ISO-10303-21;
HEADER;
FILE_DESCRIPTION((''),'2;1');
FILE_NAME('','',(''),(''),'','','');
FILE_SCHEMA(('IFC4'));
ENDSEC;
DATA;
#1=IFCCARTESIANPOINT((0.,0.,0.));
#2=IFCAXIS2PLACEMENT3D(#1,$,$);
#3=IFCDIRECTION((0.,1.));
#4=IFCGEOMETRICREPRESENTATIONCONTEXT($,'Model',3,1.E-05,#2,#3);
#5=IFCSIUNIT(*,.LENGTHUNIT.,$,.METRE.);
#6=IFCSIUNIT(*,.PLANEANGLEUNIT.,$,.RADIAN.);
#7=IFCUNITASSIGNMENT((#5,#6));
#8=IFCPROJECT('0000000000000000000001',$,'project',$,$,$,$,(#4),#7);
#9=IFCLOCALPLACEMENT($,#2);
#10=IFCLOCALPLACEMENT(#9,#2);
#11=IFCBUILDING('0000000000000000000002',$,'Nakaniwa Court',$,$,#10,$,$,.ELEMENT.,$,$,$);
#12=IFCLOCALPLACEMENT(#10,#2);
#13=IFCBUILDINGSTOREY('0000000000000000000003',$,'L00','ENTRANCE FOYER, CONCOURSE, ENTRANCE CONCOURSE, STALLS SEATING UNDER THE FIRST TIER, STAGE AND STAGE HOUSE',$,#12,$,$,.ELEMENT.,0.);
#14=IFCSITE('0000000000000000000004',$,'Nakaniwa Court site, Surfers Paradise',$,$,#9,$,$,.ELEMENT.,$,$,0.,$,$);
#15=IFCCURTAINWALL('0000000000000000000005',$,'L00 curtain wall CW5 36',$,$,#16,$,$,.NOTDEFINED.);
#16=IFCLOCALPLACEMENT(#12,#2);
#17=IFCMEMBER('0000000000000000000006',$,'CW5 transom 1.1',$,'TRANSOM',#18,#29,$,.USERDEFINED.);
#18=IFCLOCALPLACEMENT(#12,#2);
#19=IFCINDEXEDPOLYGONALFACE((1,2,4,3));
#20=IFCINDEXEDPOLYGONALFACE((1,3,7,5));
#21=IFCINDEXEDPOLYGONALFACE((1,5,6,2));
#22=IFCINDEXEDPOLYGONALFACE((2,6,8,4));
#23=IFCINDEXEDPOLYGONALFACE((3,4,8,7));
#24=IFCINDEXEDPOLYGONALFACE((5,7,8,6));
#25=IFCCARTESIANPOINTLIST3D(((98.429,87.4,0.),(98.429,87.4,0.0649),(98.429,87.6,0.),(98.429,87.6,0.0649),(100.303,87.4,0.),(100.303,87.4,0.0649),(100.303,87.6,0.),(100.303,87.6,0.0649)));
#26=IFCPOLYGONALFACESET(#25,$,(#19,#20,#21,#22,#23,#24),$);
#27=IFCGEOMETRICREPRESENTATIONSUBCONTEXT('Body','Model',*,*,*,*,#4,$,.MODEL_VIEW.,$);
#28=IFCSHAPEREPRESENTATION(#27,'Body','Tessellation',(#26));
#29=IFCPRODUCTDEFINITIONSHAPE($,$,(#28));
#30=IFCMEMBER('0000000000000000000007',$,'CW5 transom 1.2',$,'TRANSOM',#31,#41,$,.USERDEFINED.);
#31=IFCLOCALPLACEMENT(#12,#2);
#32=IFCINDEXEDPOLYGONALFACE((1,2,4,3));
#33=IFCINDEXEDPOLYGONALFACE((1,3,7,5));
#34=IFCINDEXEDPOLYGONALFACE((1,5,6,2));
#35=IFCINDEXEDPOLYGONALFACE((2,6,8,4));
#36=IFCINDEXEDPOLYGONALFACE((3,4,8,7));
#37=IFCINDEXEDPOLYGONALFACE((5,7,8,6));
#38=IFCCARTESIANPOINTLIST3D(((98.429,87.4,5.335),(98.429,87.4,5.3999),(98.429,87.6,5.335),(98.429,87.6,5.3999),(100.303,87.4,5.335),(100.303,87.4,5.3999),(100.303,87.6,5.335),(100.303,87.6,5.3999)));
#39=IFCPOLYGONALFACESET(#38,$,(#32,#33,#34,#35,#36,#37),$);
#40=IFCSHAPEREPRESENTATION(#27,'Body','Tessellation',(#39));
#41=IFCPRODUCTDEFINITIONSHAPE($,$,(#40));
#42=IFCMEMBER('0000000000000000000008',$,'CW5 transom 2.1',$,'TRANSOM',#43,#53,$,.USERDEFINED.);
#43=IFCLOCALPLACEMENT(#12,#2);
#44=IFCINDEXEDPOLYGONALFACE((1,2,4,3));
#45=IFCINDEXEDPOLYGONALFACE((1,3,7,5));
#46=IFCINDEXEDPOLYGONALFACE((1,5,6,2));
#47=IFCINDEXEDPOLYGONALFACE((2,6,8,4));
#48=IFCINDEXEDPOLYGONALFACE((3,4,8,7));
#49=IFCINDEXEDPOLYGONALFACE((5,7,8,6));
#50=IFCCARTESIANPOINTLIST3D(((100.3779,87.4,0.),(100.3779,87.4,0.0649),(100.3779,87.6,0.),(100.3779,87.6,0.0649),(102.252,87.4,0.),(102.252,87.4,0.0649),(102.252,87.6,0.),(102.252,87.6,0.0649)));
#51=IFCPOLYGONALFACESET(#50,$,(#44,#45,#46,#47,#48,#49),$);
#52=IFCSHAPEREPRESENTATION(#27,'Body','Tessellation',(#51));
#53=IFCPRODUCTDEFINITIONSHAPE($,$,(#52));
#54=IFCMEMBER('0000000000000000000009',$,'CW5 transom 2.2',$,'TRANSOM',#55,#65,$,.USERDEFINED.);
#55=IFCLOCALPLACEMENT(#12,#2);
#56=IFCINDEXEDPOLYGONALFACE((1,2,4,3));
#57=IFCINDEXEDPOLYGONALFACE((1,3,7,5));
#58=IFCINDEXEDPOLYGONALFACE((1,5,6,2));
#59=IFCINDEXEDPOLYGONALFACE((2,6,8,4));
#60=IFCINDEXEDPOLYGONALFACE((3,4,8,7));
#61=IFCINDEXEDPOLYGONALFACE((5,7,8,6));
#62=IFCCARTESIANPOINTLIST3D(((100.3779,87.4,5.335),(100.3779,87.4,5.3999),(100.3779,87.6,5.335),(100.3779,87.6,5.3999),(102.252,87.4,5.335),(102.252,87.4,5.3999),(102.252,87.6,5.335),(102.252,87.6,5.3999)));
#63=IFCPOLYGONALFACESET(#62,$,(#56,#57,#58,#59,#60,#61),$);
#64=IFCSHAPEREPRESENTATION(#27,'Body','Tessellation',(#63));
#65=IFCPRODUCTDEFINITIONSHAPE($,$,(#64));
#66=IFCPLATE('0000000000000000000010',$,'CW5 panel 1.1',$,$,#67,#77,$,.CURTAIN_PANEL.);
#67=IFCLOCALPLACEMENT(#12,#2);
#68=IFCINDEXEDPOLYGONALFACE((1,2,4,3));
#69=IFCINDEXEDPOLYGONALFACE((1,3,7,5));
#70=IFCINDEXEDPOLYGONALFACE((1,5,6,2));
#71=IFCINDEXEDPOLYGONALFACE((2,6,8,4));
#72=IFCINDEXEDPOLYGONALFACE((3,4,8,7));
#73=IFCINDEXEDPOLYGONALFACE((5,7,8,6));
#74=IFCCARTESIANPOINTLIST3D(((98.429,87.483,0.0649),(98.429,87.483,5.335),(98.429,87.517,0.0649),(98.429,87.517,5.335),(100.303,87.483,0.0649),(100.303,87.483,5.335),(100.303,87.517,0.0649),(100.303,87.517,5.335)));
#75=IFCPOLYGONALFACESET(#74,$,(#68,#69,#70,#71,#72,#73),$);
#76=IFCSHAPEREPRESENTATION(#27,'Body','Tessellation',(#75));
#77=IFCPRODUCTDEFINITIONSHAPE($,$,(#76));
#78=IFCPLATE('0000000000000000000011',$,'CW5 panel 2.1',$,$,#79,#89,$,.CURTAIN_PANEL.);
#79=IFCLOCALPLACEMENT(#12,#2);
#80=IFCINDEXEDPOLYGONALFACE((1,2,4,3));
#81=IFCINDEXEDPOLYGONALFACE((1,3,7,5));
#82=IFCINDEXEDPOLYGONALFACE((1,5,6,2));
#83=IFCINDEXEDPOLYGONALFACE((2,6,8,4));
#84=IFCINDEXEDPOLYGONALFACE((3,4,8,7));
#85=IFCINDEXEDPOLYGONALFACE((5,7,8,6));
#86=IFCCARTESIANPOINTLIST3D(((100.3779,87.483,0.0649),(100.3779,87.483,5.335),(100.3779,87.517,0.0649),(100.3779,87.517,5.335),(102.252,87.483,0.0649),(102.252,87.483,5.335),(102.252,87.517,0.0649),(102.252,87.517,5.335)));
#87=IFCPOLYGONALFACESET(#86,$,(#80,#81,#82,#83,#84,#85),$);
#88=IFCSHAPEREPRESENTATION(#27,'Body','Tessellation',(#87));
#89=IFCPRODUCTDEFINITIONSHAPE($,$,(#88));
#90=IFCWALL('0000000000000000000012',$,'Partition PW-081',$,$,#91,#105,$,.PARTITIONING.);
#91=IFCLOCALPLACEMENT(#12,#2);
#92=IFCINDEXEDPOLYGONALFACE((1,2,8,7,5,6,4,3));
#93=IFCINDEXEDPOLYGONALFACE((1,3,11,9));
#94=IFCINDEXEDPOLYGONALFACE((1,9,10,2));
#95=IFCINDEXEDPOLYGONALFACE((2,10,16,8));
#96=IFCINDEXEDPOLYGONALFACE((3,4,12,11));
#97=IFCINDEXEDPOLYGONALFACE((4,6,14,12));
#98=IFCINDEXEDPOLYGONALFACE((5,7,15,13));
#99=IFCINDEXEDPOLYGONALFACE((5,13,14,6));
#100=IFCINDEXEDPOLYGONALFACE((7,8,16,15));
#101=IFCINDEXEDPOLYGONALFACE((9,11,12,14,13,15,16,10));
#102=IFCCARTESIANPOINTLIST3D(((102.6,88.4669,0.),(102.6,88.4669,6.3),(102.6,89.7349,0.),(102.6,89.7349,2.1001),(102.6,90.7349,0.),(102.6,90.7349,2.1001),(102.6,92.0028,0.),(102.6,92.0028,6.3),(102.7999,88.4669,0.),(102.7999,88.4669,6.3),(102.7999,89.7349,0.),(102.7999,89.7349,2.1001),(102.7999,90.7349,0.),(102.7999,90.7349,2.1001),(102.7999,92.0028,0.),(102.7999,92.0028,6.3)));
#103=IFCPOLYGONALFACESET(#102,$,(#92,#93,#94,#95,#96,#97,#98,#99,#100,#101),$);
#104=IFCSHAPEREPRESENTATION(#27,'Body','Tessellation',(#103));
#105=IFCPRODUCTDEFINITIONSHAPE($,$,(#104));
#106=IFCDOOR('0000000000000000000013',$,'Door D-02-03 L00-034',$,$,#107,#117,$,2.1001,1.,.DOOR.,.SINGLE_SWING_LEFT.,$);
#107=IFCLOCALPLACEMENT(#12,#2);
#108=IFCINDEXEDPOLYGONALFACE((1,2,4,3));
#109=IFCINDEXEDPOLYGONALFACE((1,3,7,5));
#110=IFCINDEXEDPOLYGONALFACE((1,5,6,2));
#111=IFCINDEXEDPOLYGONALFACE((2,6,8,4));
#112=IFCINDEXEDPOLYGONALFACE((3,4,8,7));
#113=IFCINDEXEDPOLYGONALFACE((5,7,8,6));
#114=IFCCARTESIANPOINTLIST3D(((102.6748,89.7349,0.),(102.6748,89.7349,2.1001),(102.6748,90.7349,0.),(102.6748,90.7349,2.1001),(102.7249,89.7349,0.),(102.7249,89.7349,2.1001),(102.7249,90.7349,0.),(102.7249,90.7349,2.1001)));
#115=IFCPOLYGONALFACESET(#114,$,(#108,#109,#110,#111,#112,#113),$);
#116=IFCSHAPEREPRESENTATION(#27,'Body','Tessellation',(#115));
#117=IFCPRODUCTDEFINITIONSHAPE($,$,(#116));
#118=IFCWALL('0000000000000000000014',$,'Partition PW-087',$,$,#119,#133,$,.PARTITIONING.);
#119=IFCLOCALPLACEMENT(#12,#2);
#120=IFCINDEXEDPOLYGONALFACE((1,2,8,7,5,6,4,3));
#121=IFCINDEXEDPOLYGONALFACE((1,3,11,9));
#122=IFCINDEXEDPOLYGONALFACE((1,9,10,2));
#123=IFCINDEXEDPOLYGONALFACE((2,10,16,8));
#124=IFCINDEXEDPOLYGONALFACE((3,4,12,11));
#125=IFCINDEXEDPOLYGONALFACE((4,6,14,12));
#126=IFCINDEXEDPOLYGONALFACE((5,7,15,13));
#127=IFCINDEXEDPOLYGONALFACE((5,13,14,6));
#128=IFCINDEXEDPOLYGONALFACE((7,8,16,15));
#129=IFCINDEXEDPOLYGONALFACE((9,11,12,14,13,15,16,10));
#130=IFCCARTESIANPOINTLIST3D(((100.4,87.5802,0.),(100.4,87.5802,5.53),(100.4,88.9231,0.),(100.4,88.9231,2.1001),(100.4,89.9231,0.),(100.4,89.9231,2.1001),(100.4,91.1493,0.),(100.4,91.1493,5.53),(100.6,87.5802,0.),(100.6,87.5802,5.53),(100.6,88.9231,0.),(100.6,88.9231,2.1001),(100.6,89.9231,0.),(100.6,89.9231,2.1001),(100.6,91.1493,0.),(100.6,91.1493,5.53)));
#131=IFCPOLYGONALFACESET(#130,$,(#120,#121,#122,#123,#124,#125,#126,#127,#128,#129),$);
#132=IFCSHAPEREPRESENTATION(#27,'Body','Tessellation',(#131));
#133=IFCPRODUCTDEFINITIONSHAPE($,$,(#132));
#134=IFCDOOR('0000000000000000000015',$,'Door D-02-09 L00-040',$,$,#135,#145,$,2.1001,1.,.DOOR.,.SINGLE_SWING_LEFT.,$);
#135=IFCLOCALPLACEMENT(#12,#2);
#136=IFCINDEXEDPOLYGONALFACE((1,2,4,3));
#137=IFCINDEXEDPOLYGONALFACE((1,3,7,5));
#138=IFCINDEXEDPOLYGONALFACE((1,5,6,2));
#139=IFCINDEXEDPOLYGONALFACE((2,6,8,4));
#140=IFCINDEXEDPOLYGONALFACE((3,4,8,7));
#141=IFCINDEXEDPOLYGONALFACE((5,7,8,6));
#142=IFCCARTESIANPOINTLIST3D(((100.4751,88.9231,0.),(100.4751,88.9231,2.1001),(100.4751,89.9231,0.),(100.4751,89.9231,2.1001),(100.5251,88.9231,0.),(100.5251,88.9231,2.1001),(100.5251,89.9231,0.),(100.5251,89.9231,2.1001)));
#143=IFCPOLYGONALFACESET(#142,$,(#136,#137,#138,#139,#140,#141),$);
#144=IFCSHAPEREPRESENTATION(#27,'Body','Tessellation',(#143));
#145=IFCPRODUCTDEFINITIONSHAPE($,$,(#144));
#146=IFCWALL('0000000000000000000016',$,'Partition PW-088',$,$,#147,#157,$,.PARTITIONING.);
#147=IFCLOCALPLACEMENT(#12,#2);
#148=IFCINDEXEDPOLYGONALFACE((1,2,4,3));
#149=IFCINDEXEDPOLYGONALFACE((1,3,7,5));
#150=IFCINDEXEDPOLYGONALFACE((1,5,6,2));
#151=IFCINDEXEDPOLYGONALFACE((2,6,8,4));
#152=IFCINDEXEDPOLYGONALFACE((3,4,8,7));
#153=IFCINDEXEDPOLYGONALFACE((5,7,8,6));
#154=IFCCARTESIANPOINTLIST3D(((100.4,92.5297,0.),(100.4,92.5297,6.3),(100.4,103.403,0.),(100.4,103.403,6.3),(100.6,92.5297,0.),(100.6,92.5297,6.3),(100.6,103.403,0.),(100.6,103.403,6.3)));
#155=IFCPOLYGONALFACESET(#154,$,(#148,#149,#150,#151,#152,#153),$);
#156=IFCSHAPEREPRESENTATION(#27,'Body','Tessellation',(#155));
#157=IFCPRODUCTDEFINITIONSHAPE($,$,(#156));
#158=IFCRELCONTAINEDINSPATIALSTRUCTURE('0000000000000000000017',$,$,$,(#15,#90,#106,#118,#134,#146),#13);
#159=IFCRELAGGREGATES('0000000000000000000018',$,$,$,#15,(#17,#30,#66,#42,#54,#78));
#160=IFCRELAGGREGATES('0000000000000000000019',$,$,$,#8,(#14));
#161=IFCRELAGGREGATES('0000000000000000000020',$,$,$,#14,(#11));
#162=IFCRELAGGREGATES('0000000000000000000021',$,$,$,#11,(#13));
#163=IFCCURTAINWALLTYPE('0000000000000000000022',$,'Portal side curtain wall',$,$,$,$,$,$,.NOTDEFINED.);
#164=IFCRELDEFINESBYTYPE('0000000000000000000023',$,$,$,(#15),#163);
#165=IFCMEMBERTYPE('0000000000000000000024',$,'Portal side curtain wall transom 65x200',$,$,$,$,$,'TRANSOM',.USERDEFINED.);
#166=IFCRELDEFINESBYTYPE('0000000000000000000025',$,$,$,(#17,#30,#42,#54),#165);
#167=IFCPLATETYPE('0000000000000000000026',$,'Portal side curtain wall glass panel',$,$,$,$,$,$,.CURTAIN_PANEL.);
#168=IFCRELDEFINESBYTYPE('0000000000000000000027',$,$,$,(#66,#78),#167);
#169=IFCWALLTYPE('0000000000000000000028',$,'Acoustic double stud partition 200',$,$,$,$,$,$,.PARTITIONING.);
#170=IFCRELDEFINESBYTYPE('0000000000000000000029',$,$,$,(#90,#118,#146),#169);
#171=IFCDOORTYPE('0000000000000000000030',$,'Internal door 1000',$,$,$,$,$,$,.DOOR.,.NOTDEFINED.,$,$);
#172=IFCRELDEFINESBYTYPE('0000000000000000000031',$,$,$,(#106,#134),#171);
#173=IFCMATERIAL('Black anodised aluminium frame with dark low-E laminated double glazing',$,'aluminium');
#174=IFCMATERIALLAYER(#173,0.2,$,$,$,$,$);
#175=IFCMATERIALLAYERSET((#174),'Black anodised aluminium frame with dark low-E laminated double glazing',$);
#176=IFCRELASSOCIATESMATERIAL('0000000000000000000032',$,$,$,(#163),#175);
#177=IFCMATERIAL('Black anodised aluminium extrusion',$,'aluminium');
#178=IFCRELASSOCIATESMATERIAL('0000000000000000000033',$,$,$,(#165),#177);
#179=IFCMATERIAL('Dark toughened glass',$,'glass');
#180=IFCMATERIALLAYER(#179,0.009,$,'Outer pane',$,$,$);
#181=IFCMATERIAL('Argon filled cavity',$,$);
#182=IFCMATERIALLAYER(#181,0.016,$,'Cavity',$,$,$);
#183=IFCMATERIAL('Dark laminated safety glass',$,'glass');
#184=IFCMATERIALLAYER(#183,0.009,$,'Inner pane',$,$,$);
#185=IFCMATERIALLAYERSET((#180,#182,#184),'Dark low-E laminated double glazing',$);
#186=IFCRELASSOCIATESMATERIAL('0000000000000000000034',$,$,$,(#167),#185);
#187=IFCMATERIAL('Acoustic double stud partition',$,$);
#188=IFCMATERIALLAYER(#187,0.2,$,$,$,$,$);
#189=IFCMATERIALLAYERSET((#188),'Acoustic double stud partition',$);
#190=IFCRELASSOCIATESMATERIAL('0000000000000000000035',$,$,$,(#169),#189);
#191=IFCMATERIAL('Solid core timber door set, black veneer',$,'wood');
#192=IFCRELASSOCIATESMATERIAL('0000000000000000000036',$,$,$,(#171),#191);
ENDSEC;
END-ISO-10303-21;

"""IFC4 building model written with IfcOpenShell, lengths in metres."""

from ifc_helpers import new_model, si_unit, direction, frame, frame_2d, origin, origin_2d, place, context, subcontext, project, spatial, rectangle, extrude, material, layer, layer_set, material_profile, profile_set, type_object, element, fill, aggregate, save


model = new_model("IFC4")

# Units and contexts
model_context = context("Model", 3, precision=1e-05, world=origin(), true_north=direction((0.0, 1.0)))
body_context = subcontext(model_context, "Body", "Model", "MODEL_VIEW")
ifc_project = project(units=[si_unit("LENGTHUNIT", "METRE"), si_unit("PLANEANGLEUNIT", "RADIAN")], contexts=[model_context])

# Site, building, storey
site_placement = place(None, origin())
site = spatial("IfcSite", under=ifc_project, at=site_placement, Name="Nakaniwa Court site, Surfers Paradise", CompositionType="ELEMENT", RefElevation=0.0)
building_placement = place(site_placement, origin())
building = spatial("IfcBuilding", under=site, at=building_placement, Name="Nakaniwa Court", CompositionType="ELEMENT")
storey_placement = place(building_placement, origin())
storey = spatial("IfcBuildingStorey", under=building, at=storey_placement, Name="L00", Description="ENTRANCE FOYER, CONCOURSE, ENTRANCE CONCOURSE, STALLS SEATING UNDER THE FIRST TIER, STAGE AND STAGE HOUSE", CompositionType="ELEMENT", Elevation=0.0)

# Curtain wall, members, plates
ifc_material_1 = material(Name="Black anodised aluminium frame with dark low-E laminated double glazing", Category="aluminium")
ifc_layer_1 = layer(ifc_material_1, 0.2)
ifc_layer_set_1 = layer_set([ifc_layer_1], Name="Black anodised aluminium frame with dark low-E laminated double glazing")
curtain_wall_type = type_object("IfcCurtainWallType", Name="Portal side curtain wall", PredefinedType="NOTDEFINED", material=ifc_layer_set_1)
curtain_wall_placement = place(storey_placement, origin())
curtain_wall = element("IfcCurtainWall", 1, at=curtain_wall_placement, inside=storey, type_object=curtain_wall_type, Name="L00 curtain wall CW5 36", PredefinedType="NOTDEFINED")
ifc_material_2 = material(Name="Black anodised aluminium extrusion", Category="aluminium")
ifc_material_profile_1 = material_profile(ifc_material_2, rectangle(XDim=0.2, YDim=0.0649, at=origin_2d()), Name="Portal side curtain wall transom 65x200")
ifc_profile_set_1 = profile_set([ifc_material_profile_1], Name="Black anodised aluminium extrusion")
member_type_1 = type_object("IfcMemberType", Name="Portal side curtain wall transom 65x200", ElementType="TRANSOM", PredefinedType="USERDEFINED", material=ifc_profile_set_1)
member_1_placement = place(storey_placement, frame((98.429, 87.5, 0.0325), z_axis=(1.0, 0.0, 0.0), x_axis=(0.0, 1.0, 0.0)))
member_1 = element("IfcMember", 2, at=member_1_placement, type_object=member_type_1, Name="CW5 transom 1.1", ObjectType="TRANSOM", PredefinedType="USERDEFINED", context=body_context, shape_type="SweptSolid", body=[
    extrude(rectangle(XDim=0.2, YDim=0.0649, at=origin_2d()), origin(), (0.0, 0.0, 1.0), 1.874),
])
member_2_placement = place(storey_placement, frame((98.429, 87.5, 5.3674), z_axis=(1.0, 0.0, 0.0), x_axis=(0.0, 1.0, 0.0)))
member_2 = element("IfcMember", 3, at=member_2_placement, type_object=member_type_1, Name="CW5 transom 1.2", ObjectType="TRANSOM", PredefinedType="USERDEFINED", context=body_context, shape_type="SweptSolid", body=[
    extrude(rectangle(XDim=0.2, YDim=0.0649, at=origin_2d()), origin(), (0.0, 0.0, 1.0), 1.874),
])
member_3_placement = place(storey_placement, frame((100.3779, 87.5, 0.0325), z_axis=(1.0, 0.0, 0.0), x_axis=(0.0, 1.0, 0.0)))
member_3 = element("IfcMember", 4, at=member_3_placement, type_object=member_type_1, Name="CW5 transom 2.1", ObjectType="TRANSOM", PredefinedType="USERDEFINED", context=body_context, shape_type="SweptSolid", body=[
    extrude(rectangle(XDim=0.2, YDim=0.0649, at=origin_2d()), origin(), (0.0, 0.0, 1.0), 1.874),
])
member_4_placement = place(storey_placement, frame((100.3779, 87.5, 5.3674), z_axis=(1.0, 0.0, 0.0), x_axis=(0.0, 1.0, 0.0)))
member_4 = element("IfcMember", 5, at=member_4_placement, type_object=member_type_1, Name="CW5 transom 2.2", ObjectType="TRANSOM", PredefinedType="USERDEFINED", context=body_context, shape_type="SweptSolid", body=[
    extrude(rectangle(XDim=0.2, YDim=0.0649, at=origin_2d()), origin(), (0.0, 0.0, 1.0), 1.874),
])
ifc_material_3 = material(Name="Dark toughened glass", Category="glass")
ifc_layer_2 = layer(ifc_material_3, 0.009, Name="Outer pane")
ifc_material_4 = material(Name="Argon filled cavity")
ifc_layer_3 = layer(ifc_material_4, 0.016, Name="Cavity")
ifc_material_5 = material(Name="Dark laminated safety glass", Category="glass")
ifc_layer_4 = layer(ifc_material_5, 0.009, Name="Inner pane")
ifc_layer_set_2 = layer_set([ifc_layer_2, ifc_layer_3, ifc_layer_4], Name="Dark low-E laminated double glazing")
plate_type = type_object("IfcPlateType", Name="Portal side curtain wall glass panel", PredefinedType="CURTAIN_PANEL", material=ifc_layer_set_2)
plate_1_placement = place(storey_placement, frame((99.366, 87.5, 0.0649), z_axis=(0.0, 0.0, 1.0), x_axis=(1.0, 0.0, 0.0)))
plate_1 = element("IfcPlate", 6, at=plate_1_placement, type_object=plate_type, Name="CW5 panel 1.1", PredefinedType="CURTAIN_PANEL", context=body_context, shape_type="SweptSolid", body=[
    extrude(rectangle(XDim=1.874, YDim=0.0339, at=origin_2d()), origin(), (0.0, 0.0, 1.0), 5.27),
])
plate_2_placement = place(storey_placement, frame((101.3149, 87.5, 0.0649), z_axis=(0.0, 0.0, 1.0), x_axis=(1.0, 0.0, 0.0)))
plate_2 = element("IfcPlate", 7, at=plate_2_placement, type_object=plate_type, Name="CW5 panel 2.1", PredefinedType="CURTAIN_PANEL", context=body_context, shape_type="SweptSolid", body=[
    extrude(rectangle(XDim=1.874, YDim=0.0339, at=origin_2d()), origin(), (0.0, 0.0, 1.0), 5.27),
])
aggregate(curtain_wall, [member_1, member_2, plate_1, member_3, member_4, plate_2])

# Walls, openings, doors
ifc_material_6 = material(Name="Acoustic double stud partition")
ifc_layer_5 = layer(ifc_material_6, 0.2)
ifc_layer_set_3 = layer_set([ifc_layer_5], Name="Acoustic double stud partition")
wall_type_1 = type_object("IfcWallType", Name="Acoustic double stud partition 200", PredefinedType="PARTITIONING", material=ifc_layer_set_3)
wall_1_placement = place(storey_placement, frame((102.7, 92.0029, 0.0), z_axis=(0.0, 0.0, 1.0), x_axis=(0.0, -1.0, 0.0)))
wall_1 = element("IfcWall", 8, at=wall_1_placement, inside=storey, type_object=wall_type_1, Name="Partition PW-081", PredefinedType="PARTITIONING", context=body_context, shape_type="SweptSolid", body=[
    extrude(rectangle(XDim=3.5359, YDim=0.2, at=frame_2d((1.7681, 0.0))), origin(), (0.0, 0.0, 1.0), 6.3),
])
opening_1_placement = place(wall_1_placement, frame((1.2681, 0.0, 0.0)))
opening_1 = element("IfcOpeningElement", 9, at=opening_1_placement, cuts=wall_1, PredefinedType="OPENING", context=body_context, shape_type="SweptSolid", body=[
    extrude(rectangle(XDim=1.0, YDim=2.1001, at=frame_2d((0.5, 1.05))), frame((0.0, 0.1099, 0.0), z_axis=(0.0, -1.0, 0.0), x_axis=(1.0, 0.0, 0.0)), (0.0, 0.0, 1.0), 0.22),
])
ifc_material_7 = material(Name="Solid core timber door set, black veneer", Category="wood")
door_type_1 = type_object("IfcDoorType", Name="Internal door 1000", OperationType="NOTDEFINED", PredefinedType="DOOR", material=ifc_material_7)
door_1_placement = place(opening_1_placement, origin())
door_1 = element("IfcDoor", 10, at=door_1_placement, inside=storey, type_object=door_type_1, Name="Door D-02-03 L00-034", OperationType="SINGLE_SWING_LEFT", OverallHeight=2.1001, OverallWidth=1.0, PredefinedType="DOOR", context=body_context, shape_type="SweptSolid", body=[
    extrude(rectangle(XDim=1.0, YDim=2.1001, at=frame_2d((0.5, 1.05))), frame((0.0, 0.0249, 0.0), z_axis=(0.0, -1.0, 0.0), x_axis=(1.0, 0.0, 0.0)), (0.0, 0.0, 1.0), 0.05),
])
fill(opening_1, door_1)
wall_2_placement = place(storey_placement, frame((100.5, 87.5801, 0.0), z_axis=(0.0, 0.0, 1.0), x_axis=(0.0, 1.0, 0.0)))
wall_2 = element("IfcWall", 11, at=wall_2_placement, inside=storey, type_object=wall_type_1, Name="Partition PW-087", PredefinedType="PARTITIONING", context=body_context, shape_type="SweptSolid", body=[
    extrude(rectangle(XDim=3.5691, YDim=0.2, at=frame_2d((1.7847, 0.0))), origin(), (0.0, 0.0, 1.0), 5.53),
])
opening_2_placement = place(wall_2_placement, frame((1.343, 0.0, 0.0)))
opening_2 = element("IfcOpeningElement", 12, at=opening_2_placement, cuts=wall_2, PredefinedType="OPENING", context=body_context, shape_type="SweptSolid", body=[
    extrude(rectangle(XDim=1.0, YDim=2.1001, at=frame_2d((0.5, 1.05))), frame((0.0, 0.1099, 0.0), z_axis=(0.0, -1.0, 0.0), x_axis=(1.0, 0.0, 0.0)), (0.0, 0.0, 1.0), 0.22),
])
door_2_placement = place(opening_2_placement, origin())
door_2 = element("IfcDoor", 13, at=door_2_placement, inside=storey, type_object=door_type_1, Name="Door D-02-09 L00-040", OperationType="SINGLE_SWING_LEFT", OverallHeight=2.1001, OverallWidth=1.0, PredefinedType="DOOR", context=body_context, shape_type="SweptSolid", body=[
    extrude(rectangle(XDim=1.0, YDim=2.1001, at=frame_2d((0.5, 1.05))), frame((0.0, 0.0249, 0.0), z_axis=(0.0, -1.0, 0.0), x_axis=(1.0, 0.0, 0.0)), (0.0, 0.0, 1.0), 0.05),
])
fill(opening_2, door_2)

# Wall
wall_3_placement = place(storey_placement, frame((100.5, 92.5298, 0.0), z_axis=(0.0, 0.0, 1.0), x_axis=(0.0, 1.0, 0.0)))
element("IfcWall", 14, at=wall_3_placement, inside=storey, type_object=wall_type_1, Name="Partition PW-088", PredefinedType="PARTITIONING", context=body_context, shape_type="SweptSolid", body=[
    extrude(rectangle(XDim=10.8733, YDim=0.2, at=frame_2d((5.4365, 0.0))), origin(), (0.0, 0.0, 1.0), 6.3),
])

save(model, "model.ifc")
